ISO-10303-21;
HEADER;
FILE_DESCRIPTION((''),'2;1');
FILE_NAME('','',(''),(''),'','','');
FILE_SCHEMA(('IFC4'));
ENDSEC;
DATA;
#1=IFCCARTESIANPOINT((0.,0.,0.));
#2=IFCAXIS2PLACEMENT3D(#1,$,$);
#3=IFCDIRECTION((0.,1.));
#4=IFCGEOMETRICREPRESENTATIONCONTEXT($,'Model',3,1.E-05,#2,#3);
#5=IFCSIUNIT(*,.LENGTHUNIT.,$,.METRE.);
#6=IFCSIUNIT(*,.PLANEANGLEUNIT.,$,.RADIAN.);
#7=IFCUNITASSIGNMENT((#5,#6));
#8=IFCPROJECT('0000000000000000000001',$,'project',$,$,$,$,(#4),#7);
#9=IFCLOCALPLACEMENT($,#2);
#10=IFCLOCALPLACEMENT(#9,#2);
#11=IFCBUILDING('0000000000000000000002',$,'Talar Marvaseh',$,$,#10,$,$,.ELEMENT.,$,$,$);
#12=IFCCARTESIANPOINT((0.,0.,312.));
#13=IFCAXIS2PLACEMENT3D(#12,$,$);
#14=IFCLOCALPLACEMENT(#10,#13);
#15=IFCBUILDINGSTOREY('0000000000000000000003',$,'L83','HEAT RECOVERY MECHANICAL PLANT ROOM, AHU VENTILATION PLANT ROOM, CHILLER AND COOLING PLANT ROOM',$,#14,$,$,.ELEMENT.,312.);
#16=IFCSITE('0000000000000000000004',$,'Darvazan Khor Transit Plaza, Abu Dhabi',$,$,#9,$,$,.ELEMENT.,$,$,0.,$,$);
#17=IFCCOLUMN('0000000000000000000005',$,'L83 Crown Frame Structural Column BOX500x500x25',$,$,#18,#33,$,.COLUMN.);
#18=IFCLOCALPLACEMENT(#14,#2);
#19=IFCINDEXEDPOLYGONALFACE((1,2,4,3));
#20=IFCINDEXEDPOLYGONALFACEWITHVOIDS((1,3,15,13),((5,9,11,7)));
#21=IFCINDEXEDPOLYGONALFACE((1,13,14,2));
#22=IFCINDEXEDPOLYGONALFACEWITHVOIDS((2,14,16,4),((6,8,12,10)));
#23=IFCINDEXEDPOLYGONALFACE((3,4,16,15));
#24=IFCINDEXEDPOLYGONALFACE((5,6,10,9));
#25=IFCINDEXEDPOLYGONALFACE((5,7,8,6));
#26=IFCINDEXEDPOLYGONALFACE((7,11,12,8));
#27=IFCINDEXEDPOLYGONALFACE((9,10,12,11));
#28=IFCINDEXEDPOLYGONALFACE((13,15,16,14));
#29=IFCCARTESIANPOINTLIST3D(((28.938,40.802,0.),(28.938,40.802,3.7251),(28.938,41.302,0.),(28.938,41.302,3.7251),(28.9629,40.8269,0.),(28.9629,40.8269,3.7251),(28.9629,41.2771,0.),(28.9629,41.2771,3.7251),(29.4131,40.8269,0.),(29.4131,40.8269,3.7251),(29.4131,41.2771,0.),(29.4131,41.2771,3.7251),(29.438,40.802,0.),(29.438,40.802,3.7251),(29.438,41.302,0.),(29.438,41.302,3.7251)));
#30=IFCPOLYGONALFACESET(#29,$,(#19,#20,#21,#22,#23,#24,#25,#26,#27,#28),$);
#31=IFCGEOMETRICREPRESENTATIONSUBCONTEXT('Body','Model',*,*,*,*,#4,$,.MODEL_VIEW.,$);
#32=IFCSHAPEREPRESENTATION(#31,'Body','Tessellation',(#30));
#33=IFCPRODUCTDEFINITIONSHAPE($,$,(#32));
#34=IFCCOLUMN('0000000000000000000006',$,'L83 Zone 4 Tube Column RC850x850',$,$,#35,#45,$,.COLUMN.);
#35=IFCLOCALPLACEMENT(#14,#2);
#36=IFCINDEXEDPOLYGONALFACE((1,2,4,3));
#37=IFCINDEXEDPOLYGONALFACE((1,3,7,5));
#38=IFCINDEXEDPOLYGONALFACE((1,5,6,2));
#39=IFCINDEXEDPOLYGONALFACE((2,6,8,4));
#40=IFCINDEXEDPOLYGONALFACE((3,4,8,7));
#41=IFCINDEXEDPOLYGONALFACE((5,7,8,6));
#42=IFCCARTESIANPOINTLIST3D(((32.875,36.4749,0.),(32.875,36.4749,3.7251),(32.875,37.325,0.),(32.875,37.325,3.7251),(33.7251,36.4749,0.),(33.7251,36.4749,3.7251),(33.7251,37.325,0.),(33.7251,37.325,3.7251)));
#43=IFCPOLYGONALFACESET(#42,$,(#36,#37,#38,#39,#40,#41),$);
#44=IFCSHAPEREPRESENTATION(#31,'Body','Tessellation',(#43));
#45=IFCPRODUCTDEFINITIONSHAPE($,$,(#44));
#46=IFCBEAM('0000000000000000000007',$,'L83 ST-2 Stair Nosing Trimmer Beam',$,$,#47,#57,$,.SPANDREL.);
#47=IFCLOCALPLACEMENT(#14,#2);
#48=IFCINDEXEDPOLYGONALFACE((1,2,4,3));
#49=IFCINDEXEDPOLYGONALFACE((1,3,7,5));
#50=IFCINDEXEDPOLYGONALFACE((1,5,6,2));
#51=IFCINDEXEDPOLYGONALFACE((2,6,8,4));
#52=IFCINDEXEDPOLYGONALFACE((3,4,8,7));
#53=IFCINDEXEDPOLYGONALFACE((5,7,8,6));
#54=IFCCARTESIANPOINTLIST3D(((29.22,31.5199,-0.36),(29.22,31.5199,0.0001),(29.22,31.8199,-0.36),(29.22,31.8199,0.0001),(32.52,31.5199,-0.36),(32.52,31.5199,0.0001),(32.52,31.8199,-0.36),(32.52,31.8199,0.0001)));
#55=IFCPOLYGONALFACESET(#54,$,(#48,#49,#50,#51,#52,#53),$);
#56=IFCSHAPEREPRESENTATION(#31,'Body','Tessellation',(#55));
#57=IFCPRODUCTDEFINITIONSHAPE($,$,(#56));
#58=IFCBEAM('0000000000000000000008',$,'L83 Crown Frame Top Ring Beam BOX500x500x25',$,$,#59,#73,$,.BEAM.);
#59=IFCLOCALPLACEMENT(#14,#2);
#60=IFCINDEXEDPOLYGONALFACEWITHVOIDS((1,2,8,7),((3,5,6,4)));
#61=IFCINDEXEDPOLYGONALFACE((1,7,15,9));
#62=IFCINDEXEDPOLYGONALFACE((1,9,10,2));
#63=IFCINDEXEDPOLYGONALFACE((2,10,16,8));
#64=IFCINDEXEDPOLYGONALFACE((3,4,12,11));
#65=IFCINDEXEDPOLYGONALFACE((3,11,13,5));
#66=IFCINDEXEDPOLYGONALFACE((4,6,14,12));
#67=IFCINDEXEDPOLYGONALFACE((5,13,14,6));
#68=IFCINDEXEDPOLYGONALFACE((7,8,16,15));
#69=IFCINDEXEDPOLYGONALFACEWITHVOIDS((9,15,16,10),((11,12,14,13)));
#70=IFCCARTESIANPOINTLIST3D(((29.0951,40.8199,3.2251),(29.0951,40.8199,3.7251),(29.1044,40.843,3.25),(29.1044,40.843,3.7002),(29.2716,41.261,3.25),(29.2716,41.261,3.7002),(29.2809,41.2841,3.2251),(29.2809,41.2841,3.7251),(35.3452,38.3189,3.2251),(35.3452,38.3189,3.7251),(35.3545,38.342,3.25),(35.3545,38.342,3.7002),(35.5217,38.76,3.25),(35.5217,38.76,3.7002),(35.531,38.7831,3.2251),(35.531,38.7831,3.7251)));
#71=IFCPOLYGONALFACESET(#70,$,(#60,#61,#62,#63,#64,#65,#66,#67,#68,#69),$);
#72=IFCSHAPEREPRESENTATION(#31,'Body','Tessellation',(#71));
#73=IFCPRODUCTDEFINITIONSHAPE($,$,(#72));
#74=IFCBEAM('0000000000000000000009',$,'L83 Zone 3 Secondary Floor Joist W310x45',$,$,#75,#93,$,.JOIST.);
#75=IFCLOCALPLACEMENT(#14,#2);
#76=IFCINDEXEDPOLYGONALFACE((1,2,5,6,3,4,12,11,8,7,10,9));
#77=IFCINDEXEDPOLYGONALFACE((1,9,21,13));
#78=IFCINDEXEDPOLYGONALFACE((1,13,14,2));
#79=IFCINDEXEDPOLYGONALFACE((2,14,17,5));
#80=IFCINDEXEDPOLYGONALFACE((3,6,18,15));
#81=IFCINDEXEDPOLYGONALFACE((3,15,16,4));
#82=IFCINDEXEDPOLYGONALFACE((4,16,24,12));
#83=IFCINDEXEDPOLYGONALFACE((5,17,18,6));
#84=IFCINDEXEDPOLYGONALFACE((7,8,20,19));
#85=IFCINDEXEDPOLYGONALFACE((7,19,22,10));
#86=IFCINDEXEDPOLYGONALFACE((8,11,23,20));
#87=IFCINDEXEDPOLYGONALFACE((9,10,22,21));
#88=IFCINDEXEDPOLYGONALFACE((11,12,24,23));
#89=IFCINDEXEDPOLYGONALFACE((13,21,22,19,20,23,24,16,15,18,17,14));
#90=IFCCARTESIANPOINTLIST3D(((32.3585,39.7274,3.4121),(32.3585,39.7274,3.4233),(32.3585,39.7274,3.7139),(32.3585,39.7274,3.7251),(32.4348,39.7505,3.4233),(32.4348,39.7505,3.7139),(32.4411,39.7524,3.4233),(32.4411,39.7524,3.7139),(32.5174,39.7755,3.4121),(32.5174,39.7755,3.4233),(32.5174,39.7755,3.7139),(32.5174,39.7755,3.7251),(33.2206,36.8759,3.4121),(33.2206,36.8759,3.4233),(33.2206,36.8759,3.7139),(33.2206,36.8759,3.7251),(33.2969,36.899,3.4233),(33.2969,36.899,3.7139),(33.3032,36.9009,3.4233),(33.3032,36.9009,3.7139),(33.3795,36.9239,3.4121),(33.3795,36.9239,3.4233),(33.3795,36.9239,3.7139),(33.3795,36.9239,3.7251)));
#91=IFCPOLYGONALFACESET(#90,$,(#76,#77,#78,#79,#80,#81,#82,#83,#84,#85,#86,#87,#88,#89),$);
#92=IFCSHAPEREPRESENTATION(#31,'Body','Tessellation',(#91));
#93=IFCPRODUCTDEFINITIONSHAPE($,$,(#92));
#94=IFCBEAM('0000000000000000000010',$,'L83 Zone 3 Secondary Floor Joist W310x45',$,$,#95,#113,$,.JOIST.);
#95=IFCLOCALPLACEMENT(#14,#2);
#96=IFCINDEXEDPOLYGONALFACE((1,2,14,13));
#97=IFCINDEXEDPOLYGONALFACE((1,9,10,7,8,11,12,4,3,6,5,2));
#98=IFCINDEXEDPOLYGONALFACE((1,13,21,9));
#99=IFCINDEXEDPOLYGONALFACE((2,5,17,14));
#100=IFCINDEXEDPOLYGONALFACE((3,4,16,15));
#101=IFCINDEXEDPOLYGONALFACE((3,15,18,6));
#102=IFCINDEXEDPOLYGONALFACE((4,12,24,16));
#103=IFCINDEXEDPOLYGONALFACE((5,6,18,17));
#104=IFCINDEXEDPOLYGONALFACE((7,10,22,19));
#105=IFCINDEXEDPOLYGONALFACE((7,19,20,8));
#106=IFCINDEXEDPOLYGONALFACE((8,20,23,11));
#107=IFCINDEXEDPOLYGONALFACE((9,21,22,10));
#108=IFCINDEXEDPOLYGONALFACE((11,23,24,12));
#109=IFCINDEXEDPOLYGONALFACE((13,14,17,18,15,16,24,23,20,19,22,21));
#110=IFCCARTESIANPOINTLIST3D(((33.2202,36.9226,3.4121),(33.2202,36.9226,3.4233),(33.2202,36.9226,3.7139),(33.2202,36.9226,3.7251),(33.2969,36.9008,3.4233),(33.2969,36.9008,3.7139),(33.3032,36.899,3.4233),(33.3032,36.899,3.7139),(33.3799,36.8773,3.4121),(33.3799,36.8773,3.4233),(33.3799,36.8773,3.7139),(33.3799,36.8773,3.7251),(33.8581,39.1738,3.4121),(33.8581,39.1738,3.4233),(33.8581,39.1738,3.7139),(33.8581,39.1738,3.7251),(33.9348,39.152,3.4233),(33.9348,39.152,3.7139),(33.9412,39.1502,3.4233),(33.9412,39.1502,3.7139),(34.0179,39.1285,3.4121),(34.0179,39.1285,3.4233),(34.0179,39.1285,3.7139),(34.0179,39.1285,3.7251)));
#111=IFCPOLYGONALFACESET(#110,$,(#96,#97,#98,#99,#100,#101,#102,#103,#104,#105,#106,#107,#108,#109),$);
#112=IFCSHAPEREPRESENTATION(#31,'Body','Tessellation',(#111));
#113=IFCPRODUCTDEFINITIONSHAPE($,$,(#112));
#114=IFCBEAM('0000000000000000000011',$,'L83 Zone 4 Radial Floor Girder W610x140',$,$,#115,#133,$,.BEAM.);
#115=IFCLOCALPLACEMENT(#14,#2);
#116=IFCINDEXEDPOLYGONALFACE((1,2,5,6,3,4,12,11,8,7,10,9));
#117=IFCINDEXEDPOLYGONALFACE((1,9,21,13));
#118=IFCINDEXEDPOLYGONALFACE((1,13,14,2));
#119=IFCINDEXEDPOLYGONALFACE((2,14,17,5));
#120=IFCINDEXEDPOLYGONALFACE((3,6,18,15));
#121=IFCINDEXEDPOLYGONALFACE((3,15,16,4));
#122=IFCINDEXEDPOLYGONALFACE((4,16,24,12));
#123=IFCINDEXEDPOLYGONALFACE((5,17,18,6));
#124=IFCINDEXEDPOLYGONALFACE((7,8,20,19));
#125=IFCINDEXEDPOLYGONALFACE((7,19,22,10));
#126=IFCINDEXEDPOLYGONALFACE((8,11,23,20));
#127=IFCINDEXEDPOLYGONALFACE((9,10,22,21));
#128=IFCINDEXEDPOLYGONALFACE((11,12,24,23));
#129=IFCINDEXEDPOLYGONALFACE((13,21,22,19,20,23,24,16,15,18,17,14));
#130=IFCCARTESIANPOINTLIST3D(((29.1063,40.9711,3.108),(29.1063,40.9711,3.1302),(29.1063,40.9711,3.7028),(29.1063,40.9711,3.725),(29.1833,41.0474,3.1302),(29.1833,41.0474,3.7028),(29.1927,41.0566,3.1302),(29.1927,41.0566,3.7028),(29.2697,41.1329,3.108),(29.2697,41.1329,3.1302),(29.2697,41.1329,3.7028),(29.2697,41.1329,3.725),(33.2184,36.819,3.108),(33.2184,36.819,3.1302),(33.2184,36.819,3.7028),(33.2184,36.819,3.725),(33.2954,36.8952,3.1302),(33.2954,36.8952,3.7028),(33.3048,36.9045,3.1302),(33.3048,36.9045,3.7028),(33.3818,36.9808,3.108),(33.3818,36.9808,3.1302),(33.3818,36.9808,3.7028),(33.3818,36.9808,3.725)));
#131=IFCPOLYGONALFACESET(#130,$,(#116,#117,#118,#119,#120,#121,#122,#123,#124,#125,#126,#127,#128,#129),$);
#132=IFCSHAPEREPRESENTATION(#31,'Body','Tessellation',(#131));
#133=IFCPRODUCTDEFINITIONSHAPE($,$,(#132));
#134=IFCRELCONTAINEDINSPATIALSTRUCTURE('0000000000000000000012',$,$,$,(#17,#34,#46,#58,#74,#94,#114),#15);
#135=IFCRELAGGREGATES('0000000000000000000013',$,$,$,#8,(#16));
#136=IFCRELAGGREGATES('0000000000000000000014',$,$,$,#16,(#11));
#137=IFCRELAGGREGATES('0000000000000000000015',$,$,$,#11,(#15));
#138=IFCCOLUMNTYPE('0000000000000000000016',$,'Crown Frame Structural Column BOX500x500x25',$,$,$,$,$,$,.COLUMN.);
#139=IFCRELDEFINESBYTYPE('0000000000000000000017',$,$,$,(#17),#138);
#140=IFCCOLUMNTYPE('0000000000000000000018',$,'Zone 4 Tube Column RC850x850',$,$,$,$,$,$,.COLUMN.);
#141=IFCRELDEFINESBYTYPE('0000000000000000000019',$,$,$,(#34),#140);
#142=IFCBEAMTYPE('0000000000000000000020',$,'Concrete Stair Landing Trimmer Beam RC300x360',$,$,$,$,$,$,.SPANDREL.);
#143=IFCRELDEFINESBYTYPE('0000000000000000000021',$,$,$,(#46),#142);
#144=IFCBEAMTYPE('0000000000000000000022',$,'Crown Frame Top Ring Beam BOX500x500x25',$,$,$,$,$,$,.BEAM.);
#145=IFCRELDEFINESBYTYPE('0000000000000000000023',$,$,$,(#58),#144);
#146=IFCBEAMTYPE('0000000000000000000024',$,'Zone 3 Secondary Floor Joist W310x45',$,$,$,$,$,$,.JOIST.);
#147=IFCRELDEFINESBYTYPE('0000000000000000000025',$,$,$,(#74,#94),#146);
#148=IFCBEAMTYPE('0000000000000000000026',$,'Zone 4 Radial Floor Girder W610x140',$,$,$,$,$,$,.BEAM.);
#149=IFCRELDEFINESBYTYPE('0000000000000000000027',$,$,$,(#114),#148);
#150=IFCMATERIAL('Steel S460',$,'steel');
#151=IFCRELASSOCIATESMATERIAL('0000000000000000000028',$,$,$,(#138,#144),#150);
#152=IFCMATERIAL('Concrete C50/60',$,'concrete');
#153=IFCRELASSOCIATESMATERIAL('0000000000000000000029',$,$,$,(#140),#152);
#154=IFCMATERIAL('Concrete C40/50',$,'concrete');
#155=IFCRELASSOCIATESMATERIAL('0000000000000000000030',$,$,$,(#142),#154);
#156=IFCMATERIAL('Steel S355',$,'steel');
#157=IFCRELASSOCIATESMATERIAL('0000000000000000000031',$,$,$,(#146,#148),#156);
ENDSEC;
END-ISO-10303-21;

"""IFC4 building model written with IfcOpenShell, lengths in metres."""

from ifc_helpers import new_model, si_unit, direction, frame, origin, origin_2d, place, context, subcontext, project, spatial, rectangle, hollow_rectangle, i_section, extrude, material, material_profile, profile_set, type_object, element, save


model = new_model("IFC4")

# Units and contexts
model_context = context("Model", 3, precision=1e-05, world=origin(), true_north=direction((0.0, 1.0)))
body_context = subcontext(model_context, "Body", "Model", "MODEL_VIEW")
ifc_project = project(units=[si_unit("LENGTHUNIT", "METRE"), si_unit("PLANEANGLEUNIT", "RADIAN")], contexts=[model_context])

# Site, building, storey
site_placement = place(None, origin())
site = spatial("IfcSite", under=ifc_project, at=site_placement, Name="Darvazan Khor Transit Plaza, Abu Dhabi", CompositionType="ELEMENT", RefElevation=0.0)
building_placement = place(site_placement, origin())
building = spatial("IfcBuilding", under=site, at=building_placement, Name="Talar Marvaseh", CompositionType="ELEMENT")
storey_placement = place(building_placement, frame((0.0, 0.0, 312.0)))
storey = spatial("IfcBuildingStorey", under=building, at=storey_placement, Name="L83", Description="HEAT RECOVERY MECHANICAL PLANT ROOM, AHU VENTILATION PLANT ROOM, CHILLER AND COOLING PLANT ROOM", CompositionType="ELEMENT", Elevation=312.0)

# Columns
ifc_material_1 = material(Name="Steel S460", Category="steel")
ifc_material_profile_1 = material_profile(ifc_material_1, hollow_rectangle(XDim=0.5, YDim=0.5, WallThickness=0.0249, at=origin_2d()), Name="BOX500x500x25")
ifc_profile_set_1 = profile_set([ifc_material_profile_1], Name="Steel S460")
column_type_1 = type_object("IfcColumnType", Name="Crown Frame Structural Column BOX500x500x25", PredefinedType="COLUMN", material=ifc_profile_set_1)
column_1_placement = place(storey_placement, frame((29.188, 41.052, 0.0), z_axis=(0.0, 0.0, 1.0), x_axis=(1.0, 0.0, 0.0)))
element("IfcColumn", 1, at=column_1_placement, inside=storey, type_object=column_type_1, Name="L83 Crown Frame Structural Column BOX500x500x25", PredefinedType="COLUMN", context=body_context, shape_type="SweptSolid", body=[
    extrude(hollow_rectangle(XDim=0.5, YDim=0.5, WallThickness=0.0249, at=origin_2d()), origin(), (0.0, 0.0, 1.0), 3.7251),
])
ifc_material_2 = material(Name="Concrete C50/60", Category="concrete")
ifc_material_profile_2 = material_profile(ifc_material_2, rectangle(XDim=0.8501, YDim=0.8501, at=origin_2d()), Name="RC850x850")
ifc_profile_set_2 = profile_set([ifc_material_profile_2], Name="Concrete C50/60")
column_type_2 = type_object("IfcColumnType", Name="Zone 4 Tube Column RC850x850", PredefinedType="COLUMN", material=ifc_profile_set_2)
column_2_placement = place(storey_placement, frame((33.3, 36.8999, 0.0), z_axis=(0.0, 0.0, 1.0), x_axis=(1.0, 0.0, 0.0)))
element("IfcColumn", 2, at=column_2_placement, inside=storey, type_object=column_type_2, Name="L83 Zone 4 Tube Column RC850x850", PredefinedType="COLUMN", context=body_context, shape_type="SweptSolid", body=[
    extrude(rectangle(XDim=0.8501, YDim=0.8501, at=origin_2d()), origin(), (0.0, 0.0, 1.0), 3.7251),
])

# Beams
ifc_material_3 = material(Name="Concrete C40/50", Category="concrete")
ifc_material_profile_3 = material_profile(ifc_material_3, rectangle(XDim=0.3, YDim=0.3601, at=origin_2d()), Name="RC300x360")
ifc_profile_set_3 = profile_set([ifc_material_profile_3], Name="Concrete C40/50")
beam_type_1 = type_object("IfcBeamType", Name="Concrete Stair Landing Trimmer Beam RC300x360", PredefinedType="SPANDREL", material=ifc_profile_set_3)
beam_1_placement = place(storey_placement, frame((29.22, 31.6699, -0.1799), z_axis=(1.0, 0.0, 0.0), x_axis=(0.0, 1.0, 0.0)))
element("IfcBeam", 3, at=beam_1_placement, inside=storey, type_object=beam_type_1, Name="L83 ST-2 Stair Nosing Trimmer Beam", PredefinedType="SPANDREL", context=body_context, shape_type="SweptSolid", body=[
    extrude(rectangle(XDim=0.3, YDim=0.3601, at=origin_2d()), origin(), (0.0, 0.0, 1.0), 3.3),
])
ifc_material_profile_4 = material_profile(ifc_material_1, hollow_rectangle(XDim=0.5, YDim=0.5, WallThickness=0.0249, at=origin_2d()), Name="BOX500x500x25")
ifc_profile_set_4 = profile_set([ifc_material_profile_4], Name="Steel S460")
beam_type_2 = type_object("IfcBeamType", Name="Crown Frame Top Ring Beam BOX500x500x25", PredefinedType="BEAM", material=ifc_profile_set_4)
beam_2_placement = place(storey_placement, frame((29.188, 41.052, 3.4751), z_axis=(0.928427, -0.371516, 0.0), x_axis=(0.371516, 0.928427, 0.0)))
element("IfcBeam", 4, at=beam_2_placement, inside=storey, type_object=beam_type_2, Name="L83 Crown Frame Top Ring Beam BOX500x500x25", PredefinedType="BEAM", context=body_context, shape_type="SweptSolid", body=[
    extrude(hollow_rectangle(XDim=0.5, YDim=0.5, WallThickness=0.0249, at=origin_2d()), origin(), (0.0, 0.0, 1.0), 6.7319),
])
ifc_material_4 = material(Name="Steel S355", Category="steel")
ifc_material_profile_5 = material_profile(ifc_material_4, i_section(OverallWidth=0.166, OverallDepth=0.313, WebThickness=0.0066, FlangeThickness=0.0112, at=origin_2d()), Name="W310x45")
ifc_profile_set_5 = profile_set([ifc_material_profile_5], Name="Steel S355")
beam_type_3 = type_object("IfcBeamType", Name="Zone 3 Secondary Floor Joist W310x45", PredefinedType="JOIST", material=ifc_profile_set_5)
beam_3_placement = place(storey_placement, frame((32.438, 39.7515, 3.5686), z_axis=(0.289377, -0.957215, 0.0), x_axis=(0.957215, 0.289377, 0.0)))
element("IfcBeam", 5, at=beam_3_placement, inside=storey, type_object=beam_type_3, Name="L83 Zone 3 Secondary Floor Joist W310x45", PredefinedType="JOIST", context=body_context, shape_type="SweptSolid", body=[
    extrude(i_section(OverallWidth=0.166, OverallDepth=0.313, WebThickness=0.0066, FlangeThickness=0.0112, at=origin_2d()), origin(), (0.0, 0.0, 1.0), 2.979),
])
beam_4_placement = place(storey_placement, frame((33.938, 39.1511, 3.5686), z_axis=(-0.27264, -0.962116, 0.0), x_axis=(0.962116, -0.27264, 0.0)))
element("IfcBeam", 6, at=beam_4_placement, inside=storey, type_object=beam_type_3, Name="L83 Zone 3 Secondary Floor Joist W310x45", PredefinedType="JOIST", context=body_context, shape_type="SweptSolid", body=[
    extrude(i_section(OverallWidth=0.166, OverallDepth=0.313, WebThickness=0.0066, FlangeThickness=0.0112, at=origin_2d()), origin(), (0.0, 0.0, 1.0), 2.3398),
])
ifc_material_profile_6 = material_profile(ifc_material_4, i_section(OverallWidth=0.23, OverallDepth=0.6169, WebThickness=0.0132, FlangeThickness=0.0222, at=origin_2d()), Name="W610x140")
ifc_profile_set_6 = profile_set([ifc_material_profile_6], Name="Steel S355")
beam_type_4 = type_object("IfcBeamType", Name="Zone 4 Radial Floor Girder W610x140", PredefinedType="BEAM", material=ifc_profile_set_6)
beam_5_placement = place(storey_placement, frame((29.188, 41.052, 3.4165), z_axis=(0.703673, -0.710524, 0.0), x_axis=(0.710524, 0.703673, 0.0)))
element("IfcBeam", 7, at=beam_5_placement, inside=storey, type_object=beam_type_4, Name="L83 Zone 4 Radial Floor Girder W610x140", PredefinedType="BEAM", context=body_context, shape_type="SweptSolid", body=[
    extrude(i_section(OverallWidth=0.23, OverallDepth=0.6169, WebThickness=0.0132, FlangeThickness=0.0222, at=origin_2d()), origin(), (0.0, 0.0, 1.0), 5.8438),
])

save(model, "model.ifc")
